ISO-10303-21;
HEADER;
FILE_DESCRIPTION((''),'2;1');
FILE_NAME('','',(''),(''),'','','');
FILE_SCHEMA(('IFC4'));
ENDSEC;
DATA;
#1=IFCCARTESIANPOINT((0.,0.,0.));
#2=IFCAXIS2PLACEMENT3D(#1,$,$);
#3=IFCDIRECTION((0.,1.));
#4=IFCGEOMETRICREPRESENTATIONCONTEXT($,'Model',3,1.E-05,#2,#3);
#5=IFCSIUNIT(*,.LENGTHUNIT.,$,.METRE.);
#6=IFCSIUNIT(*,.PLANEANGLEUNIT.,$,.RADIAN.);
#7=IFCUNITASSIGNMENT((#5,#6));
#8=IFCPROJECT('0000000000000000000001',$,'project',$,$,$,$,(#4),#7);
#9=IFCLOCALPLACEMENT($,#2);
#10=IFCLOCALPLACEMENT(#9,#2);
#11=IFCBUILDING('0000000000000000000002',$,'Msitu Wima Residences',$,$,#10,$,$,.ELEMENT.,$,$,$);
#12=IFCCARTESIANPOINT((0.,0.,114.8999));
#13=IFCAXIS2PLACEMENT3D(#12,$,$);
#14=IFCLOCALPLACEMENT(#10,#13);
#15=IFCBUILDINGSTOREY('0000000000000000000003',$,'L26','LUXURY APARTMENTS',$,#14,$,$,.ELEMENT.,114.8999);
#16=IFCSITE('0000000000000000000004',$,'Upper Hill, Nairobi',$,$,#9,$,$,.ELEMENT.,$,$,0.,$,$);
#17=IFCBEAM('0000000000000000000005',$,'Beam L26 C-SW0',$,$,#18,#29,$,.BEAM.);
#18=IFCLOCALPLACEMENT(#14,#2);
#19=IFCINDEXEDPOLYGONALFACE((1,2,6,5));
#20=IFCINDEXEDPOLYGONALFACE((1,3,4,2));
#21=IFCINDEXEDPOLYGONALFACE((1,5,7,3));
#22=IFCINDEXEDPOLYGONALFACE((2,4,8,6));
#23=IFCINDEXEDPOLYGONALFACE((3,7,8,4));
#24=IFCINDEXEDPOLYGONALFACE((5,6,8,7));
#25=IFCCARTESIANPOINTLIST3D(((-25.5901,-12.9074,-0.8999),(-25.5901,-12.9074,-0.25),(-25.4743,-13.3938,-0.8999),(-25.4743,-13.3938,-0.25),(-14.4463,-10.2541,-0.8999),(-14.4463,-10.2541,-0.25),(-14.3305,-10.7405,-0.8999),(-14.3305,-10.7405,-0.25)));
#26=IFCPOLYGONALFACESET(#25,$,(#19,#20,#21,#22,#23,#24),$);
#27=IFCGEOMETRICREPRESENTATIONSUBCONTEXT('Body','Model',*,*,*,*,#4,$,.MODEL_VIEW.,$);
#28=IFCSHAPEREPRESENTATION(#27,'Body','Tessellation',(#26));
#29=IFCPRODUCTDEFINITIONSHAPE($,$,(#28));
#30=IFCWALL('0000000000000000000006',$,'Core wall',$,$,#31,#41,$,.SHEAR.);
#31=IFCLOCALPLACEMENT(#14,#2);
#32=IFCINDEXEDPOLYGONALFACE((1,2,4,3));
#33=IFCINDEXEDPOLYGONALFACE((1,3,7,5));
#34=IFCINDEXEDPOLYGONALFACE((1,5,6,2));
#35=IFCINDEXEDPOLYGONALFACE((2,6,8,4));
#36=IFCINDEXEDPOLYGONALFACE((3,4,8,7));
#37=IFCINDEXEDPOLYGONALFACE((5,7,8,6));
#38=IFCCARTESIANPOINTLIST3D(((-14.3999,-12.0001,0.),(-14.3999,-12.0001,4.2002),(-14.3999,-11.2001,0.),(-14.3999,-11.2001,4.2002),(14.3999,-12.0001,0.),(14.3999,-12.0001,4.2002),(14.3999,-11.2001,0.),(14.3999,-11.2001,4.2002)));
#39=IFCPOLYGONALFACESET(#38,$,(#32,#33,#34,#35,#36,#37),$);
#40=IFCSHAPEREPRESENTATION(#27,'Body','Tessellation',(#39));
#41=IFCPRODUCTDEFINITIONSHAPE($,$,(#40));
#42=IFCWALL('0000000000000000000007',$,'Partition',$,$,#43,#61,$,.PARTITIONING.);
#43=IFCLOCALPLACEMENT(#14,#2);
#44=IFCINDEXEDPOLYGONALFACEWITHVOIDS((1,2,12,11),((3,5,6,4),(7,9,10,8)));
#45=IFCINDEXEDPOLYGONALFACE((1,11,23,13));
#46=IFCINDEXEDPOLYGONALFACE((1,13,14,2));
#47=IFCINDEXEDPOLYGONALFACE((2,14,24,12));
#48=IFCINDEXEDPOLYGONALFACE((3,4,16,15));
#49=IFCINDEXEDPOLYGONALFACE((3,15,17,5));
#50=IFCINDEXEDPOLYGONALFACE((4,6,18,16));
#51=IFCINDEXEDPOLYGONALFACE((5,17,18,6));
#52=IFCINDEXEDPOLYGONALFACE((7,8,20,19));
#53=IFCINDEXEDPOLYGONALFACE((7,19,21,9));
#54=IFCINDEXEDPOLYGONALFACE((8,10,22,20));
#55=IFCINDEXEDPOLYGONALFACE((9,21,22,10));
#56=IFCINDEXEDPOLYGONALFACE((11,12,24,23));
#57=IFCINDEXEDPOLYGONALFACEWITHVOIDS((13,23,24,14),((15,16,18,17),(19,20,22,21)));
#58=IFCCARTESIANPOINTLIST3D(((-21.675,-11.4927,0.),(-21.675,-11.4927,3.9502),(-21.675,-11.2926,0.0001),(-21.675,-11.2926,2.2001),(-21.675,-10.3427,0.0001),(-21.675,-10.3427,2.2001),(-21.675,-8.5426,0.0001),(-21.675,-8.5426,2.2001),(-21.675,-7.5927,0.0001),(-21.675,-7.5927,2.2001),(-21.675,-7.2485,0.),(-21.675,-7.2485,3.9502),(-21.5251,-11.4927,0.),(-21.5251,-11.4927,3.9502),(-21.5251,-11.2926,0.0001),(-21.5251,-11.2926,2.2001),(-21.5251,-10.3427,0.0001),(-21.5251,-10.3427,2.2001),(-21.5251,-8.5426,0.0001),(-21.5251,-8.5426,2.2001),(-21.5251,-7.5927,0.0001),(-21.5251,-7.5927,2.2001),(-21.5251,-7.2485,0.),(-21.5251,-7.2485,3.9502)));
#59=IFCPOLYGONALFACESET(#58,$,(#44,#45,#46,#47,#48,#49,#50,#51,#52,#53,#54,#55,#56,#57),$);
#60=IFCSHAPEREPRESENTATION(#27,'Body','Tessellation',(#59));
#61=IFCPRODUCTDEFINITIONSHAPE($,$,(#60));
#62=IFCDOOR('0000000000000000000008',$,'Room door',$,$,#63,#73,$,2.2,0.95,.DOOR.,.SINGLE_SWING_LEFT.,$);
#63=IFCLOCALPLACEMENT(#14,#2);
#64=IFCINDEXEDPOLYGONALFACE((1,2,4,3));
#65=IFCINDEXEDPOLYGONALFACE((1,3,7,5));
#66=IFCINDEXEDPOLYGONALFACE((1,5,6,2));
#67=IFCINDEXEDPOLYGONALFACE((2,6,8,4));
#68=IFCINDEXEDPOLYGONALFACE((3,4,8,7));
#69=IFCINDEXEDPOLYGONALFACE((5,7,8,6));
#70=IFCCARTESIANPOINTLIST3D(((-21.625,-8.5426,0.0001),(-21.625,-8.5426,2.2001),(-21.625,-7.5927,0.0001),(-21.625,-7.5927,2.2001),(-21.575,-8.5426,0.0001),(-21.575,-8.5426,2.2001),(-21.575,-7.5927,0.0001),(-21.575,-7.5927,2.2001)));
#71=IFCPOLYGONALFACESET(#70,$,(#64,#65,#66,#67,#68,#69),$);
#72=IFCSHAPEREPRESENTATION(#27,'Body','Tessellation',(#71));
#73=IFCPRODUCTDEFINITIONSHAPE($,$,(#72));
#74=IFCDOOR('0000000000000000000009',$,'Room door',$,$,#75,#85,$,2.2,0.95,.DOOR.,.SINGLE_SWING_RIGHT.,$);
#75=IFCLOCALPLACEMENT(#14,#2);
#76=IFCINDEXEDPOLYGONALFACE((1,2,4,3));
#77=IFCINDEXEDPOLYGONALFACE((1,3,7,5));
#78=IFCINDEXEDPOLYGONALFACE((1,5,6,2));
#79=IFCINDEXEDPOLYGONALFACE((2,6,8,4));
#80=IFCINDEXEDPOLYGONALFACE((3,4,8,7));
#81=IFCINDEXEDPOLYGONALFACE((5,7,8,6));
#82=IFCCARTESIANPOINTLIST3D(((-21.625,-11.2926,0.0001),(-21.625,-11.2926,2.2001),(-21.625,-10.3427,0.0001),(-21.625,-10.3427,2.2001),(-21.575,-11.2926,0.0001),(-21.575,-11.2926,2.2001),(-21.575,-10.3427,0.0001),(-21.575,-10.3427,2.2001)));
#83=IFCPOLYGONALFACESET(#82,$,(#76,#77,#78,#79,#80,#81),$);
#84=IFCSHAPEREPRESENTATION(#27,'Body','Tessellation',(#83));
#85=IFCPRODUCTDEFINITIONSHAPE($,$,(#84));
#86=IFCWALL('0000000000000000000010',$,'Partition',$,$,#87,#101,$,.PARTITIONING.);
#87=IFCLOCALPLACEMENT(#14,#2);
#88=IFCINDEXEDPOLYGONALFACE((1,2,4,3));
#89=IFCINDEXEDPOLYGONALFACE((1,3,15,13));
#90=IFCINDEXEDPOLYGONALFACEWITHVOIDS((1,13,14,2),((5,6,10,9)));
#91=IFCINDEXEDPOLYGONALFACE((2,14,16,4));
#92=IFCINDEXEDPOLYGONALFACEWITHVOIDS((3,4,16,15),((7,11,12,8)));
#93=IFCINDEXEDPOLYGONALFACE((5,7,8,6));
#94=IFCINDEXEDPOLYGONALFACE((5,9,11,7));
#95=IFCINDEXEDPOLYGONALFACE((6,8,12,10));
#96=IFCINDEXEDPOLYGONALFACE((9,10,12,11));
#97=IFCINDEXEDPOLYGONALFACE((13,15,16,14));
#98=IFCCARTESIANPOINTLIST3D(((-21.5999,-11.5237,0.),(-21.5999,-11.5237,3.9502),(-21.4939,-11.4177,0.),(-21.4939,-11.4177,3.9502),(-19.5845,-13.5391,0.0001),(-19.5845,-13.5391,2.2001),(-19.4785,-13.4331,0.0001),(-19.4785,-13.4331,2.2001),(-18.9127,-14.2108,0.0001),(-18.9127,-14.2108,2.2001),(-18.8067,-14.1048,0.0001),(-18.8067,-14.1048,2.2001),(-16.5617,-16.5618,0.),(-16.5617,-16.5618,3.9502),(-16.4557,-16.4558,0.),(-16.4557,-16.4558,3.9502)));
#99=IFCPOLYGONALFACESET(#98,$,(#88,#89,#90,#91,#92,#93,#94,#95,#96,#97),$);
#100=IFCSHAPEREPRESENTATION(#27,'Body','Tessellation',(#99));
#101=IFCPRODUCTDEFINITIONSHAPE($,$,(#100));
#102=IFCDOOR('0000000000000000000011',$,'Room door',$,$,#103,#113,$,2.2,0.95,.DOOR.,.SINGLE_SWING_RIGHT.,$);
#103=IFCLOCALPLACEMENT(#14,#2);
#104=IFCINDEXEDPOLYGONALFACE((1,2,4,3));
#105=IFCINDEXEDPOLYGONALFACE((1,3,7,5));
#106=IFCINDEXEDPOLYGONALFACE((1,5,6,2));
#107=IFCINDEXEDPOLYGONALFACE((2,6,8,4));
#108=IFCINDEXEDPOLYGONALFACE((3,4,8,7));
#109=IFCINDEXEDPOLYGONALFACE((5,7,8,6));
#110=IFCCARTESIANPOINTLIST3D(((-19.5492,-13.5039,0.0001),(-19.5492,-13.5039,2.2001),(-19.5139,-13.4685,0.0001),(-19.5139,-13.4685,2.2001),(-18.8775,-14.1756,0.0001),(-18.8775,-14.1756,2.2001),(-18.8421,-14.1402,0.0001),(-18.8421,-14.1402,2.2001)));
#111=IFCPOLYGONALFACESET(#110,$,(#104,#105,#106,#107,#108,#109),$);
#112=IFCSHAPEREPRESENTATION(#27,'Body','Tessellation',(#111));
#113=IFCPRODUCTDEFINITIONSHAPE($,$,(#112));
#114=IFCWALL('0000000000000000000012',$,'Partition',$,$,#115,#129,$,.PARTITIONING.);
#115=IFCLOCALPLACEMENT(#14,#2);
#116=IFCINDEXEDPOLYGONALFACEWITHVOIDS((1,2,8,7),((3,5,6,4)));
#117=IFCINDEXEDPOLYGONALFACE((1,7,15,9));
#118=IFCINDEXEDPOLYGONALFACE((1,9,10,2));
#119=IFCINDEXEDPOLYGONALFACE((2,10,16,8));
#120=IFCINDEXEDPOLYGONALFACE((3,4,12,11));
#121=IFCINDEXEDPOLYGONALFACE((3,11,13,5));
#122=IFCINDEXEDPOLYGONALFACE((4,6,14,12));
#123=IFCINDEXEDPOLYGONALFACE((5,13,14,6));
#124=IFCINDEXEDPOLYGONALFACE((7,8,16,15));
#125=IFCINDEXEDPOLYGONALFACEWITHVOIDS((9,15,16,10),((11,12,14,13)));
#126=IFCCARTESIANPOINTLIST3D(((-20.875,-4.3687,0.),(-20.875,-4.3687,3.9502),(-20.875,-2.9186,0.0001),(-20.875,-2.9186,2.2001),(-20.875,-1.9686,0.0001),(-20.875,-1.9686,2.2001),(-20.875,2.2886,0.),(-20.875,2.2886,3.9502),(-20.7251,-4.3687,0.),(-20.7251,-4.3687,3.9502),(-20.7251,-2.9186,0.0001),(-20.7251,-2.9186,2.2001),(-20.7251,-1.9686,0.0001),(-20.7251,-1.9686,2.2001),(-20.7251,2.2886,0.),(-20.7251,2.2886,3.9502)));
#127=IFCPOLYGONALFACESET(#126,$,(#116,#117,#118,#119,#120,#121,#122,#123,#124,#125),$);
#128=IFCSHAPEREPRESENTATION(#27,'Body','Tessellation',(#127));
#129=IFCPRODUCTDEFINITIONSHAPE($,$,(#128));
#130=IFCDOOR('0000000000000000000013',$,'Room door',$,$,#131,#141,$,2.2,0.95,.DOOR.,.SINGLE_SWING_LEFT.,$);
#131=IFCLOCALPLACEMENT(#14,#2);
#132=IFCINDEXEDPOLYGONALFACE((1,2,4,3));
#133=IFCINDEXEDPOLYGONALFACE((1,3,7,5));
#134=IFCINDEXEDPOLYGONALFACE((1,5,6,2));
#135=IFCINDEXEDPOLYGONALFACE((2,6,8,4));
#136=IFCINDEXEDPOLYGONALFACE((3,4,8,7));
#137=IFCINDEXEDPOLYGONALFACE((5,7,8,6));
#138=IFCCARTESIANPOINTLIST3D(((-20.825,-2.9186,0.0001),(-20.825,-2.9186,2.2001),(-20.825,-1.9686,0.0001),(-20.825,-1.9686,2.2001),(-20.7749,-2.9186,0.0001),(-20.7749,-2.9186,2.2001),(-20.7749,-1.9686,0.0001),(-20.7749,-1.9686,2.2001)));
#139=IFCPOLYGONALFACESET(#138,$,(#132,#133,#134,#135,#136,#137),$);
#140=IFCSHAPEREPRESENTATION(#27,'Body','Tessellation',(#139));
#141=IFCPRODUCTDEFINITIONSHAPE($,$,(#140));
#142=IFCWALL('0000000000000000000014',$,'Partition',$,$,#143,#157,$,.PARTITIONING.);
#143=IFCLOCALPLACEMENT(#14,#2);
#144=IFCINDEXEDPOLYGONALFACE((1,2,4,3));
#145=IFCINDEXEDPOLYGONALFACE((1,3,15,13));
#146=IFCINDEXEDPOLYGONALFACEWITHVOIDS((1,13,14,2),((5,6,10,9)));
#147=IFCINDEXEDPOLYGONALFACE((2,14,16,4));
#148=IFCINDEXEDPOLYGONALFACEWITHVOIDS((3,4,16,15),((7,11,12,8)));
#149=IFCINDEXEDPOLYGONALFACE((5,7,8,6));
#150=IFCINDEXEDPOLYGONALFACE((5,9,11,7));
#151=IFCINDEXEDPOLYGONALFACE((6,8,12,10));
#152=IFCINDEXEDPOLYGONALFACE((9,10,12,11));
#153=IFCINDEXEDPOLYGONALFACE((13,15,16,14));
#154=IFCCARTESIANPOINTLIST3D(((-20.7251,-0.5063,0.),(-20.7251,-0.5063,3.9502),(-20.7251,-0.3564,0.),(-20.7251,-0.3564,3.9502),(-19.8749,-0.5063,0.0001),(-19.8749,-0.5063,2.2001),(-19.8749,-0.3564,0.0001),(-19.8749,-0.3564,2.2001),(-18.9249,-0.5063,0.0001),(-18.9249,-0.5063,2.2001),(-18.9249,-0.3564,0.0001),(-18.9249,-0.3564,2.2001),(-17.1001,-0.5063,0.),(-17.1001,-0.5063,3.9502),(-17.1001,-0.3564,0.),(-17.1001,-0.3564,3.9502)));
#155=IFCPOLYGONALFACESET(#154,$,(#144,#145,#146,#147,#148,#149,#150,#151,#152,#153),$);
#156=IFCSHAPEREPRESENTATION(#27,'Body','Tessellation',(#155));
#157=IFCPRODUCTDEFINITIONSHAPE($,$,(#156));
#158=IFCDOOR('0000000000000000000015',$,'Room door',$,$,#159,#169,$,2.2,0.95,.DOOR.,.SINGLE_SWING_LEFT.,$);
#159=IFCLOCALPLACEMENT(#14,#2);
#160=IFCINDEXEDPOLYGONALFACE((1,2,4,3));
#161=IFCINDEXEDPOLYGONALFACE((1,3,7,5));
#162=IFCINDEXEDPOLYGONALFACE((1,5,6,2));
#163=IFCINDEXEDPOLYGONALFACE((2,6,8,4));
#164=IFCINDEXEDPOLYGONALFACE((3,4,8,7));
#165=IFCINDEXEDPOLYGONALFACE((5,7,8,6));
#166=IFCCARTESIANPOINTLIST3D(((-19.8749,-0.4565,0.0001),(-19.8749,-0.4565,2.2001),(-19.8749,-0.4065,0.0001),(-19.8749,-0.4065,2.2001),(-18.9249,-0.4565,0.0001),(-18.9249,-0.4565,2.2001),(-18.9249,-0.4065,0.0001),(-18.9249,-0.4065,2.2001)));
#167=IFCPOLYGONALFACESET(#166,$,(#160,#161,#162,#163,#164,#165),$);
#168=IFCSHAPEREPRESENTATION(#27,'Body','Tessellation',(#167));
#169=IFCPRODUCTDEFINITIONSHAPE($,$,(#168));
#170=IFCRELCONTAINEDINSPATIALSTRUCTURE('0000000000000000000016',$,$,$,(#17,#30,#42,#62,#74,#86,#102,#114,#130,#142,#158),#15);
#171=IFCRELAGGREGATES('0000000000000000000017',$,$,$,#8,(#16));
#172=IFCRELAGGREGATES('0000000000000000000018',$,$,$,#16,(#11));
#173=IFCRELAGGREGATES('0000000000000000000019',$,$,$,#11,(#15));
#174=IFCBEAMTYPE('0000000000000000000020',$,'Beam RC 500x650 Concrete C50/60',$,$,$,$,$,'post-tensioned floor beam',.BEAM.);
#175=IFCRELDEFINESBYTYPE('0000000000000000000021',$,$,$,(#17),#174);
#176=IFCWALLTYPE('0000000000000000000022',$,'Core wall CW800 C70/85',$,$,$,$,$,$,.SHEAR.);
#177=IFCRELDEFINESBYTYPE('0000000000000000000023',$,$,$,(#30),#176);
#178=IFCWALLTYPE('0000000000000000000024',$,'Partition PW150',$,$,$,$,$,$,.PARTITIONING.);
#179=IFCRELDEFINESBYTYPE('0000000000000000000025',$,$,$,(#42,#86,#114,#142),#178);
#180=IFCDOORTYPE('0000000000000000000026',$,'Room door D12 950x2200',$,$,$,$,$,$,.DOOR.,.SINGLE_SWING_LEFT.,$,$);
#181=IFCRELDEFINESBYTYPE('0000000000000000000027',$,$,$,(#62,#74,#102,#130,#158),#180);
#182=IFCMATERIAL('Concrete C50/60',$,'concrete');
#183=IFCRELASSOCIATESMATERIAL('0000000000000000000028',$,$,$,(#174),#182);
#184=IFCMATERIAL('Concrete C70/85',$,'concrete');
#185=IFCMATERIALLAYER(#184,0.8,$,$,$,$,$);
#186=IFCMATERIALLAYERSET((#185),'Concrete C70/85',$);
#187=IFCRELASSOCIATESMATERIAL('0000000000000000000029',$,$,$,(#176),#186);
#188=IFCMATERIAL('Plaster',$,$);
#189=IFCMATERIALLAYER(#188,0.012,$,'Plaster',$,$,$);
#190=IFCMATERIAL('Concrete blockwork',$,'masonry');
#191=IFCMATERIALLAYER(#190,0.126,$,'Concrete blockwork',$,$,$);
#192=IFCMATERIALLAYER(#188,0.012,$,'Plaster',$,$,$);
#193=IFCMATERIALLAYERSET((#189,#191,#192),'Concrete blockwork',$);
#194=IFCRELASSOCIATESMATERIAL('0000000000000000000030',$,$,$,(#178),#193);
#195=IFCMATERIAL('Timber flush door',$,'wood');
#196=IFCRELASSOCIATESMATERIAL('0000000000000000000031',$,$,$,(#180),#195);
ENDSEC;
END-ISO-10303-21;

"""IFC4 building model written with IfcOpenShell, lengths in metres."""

from ifc_helpers import new_model, si_unit, direction, frame, frame_2d, origin, origin_2d, place, context, subcontext, project, spatial, rectangle, extrude, material, layer, layer_set, material_profile, profile_set, type_object, element, fill, save


model = new_model("IFC4")

# Units and contexts
model_context = context("Model", 3, precision=1e-05, world=origin(), true_north=direction((0.0, 1.0)))
body_context = subcontext(model_context, "Body", "Model", "MODEL_VIEW")
ifc_project = project(units=[si_unit("LENGTHUNIT", "METRE"), si_unit("PLANEANGLEUNIT", "RADIAN")], contexts=[model_context])

# Site, building, storey
site_placement = place(None, origin())
site = spatial("IfcSite", under=ifc_project, at=site_placement, Name="Upper Hill, Nairobi", CompositionType="ELEMENT", RefElevation=0.0)
building_placement = place(site_placement, origin())
building = spatial("IfcBuilding", under=site, at=building_placement, Name="Msitu Wima Residences", CompositionType="ELEMENT")
storey_placement = place(building_placement, frame((0.0, 0.0, 114.8999)))
storey = spatial("IfcBuildingStorey", under=building, at=storey_placement, Name="L26", Description="LUXURY APARTMENTS", CompositionType="ELEMENT", Elevation=114.8999)

# Beam
ifc_material_1 = material(Name="Concrete C50/60", Category="concrete")
ifc_material_profile = material_profile(ifc_material_1, rectangle(XDim=0.5, YDim=0.6499, at=origin_2d()), Name="RC 500x650")
ifc_profile_set = profile_set([ifc_material_profile], Name="Concrete C50/60")
beam_type = type_object("IfcBeamType", Name="Beam RC 500x650 Concrete C50/60", ElementType="post-tensioned floor beam", PredefinedType="BEAM", material=ifc_profile_set)
beam_placement = place(storey_placement, frame((-25.5322, -13.1506, -0.575), z_axis=(0.972806, 0.231623, 0.0), x_axis=(-0.231623, 0.972806, 0.0)))
element("IfcBeam", 1, at=beam_placement, inside=storey, type_object=beam_type, Name="Beam L26 C-SW0", PredefinedType="BEAM", context=body_context, shape_type="SweptSolid", body=[
    extrude(rectangle(XDim=0.5, YDim=0.6499, at=origin_2d()), origin(), (0.0, 0.0, 1.0), 11.4553),
])

# Wall
ifc_material_2 = material(Name="Concrete C70/85", Category="concrete")
ifc_layer_1 = layer(ifc_material_2, 0.8)
ifc_layer_set_1 = layer_set([ifc_layer_1], Name="Concrete C70/85")
wall_type_1 = type_object("IfcWallType", Name="Core wall CW800 C70/85", PredefinedType="SHEAR", material=ifc_layer_set_1)
wall_1_placement = place(storey_placement, frame((-14.3999, -11.6001, 0.0), z_axis=(0.0, 0.0, 1.0), x_axis=(1.0, 0.0, 0.0)))
element("IfcWall", 2, at=wall_1_placement, inside=storey, type_object=wall_type_1, Name="Core wall", PredefinedType="SHEAR", context=body_context, shape_type="SweptSolid", body=[
    extrude(rectangle(XDim=28.7998, YDim=0.8, at=frame_2d((14.3999, 0.0))), origin(), (0.0, 0.0, 1.0), 4.2002),
])

# Wall, openings, doors
ifc_material_3 = material(Name="Plaster")
ifc_layer_2 = layer(ifc_material_3, 0.012, Name="Plaster")
ifc_material_4 = material(Name="Concrete blockwork", Category="masonry")
ifc_layer_3 = layer(ifc_material_4, 0.126, Name="Concrete blockwork")
ifc_layer_4 = layer(ifc_material_3, 0.012, Name="Plaster")
ifc_layer_set_2 = layer_set([ifc_layer_2, ifc_layer_3, ifc_layer_4], Name="Concrete blockwork")
wall_type_2 = type_object("IfcWallType", Name="Partition PW150", PredefinedType="PARTITIONING", material=ifc_layer_set_2)
wall_2_placement = place(storey_placement, frame((-21.6001, -11.4927, 0.0), z_axis=(0.0, 0.0, 1.0), x_axis=(0.0, 1.0, 0.0)))
wall_2 = element("IfcWall", 3, at=wall_2_placement, inside=storey, type_object=wall_type_2, Name="Partition", PredefinedType="PARTITIONING", context=body_context, shape_type="SweptSolid", body=[
    extrude(rectangle(XDim=4.2441, YDim=0.1499, at=frame_2d((2.1221, 0.0))), origin(), (0.0, 0.0, 1.0), 3.9502),
])
opening_1_placement = place(wall_2_placement, frame((2.95, 0.0, 0.0)))
opening_1 = element("IfcOpeningElement", 4, at=opening_1_placement, cuts=wall_2, PredefinedType="OPENING", context=body_context, shape_type="SweptSolid", body=[
    extrude(rectangle(XDim=0.95, YDim=2.2, at=frame_2d((0.4751, 1.1001))), frame((0.0, 0.085, 0.0), z_axis=(0.0, -1.0, 0.0), x_axis=(1.0, 0.0, 0.0)), (0.0, 0.0, 1.0), 0.1699),
])
opening_2_placement = place(wall_2_placement, frame((0.2, 0.0, 0.0)))
opening_2 = element("IfcOpeningElement", 5, at=opening_2_placement, cuts=wall_2, PredefinedType="OPENING", context=body_context, shape_type="SweptSolid", body=[
    extrude(rectangle(XDim=0.95, YDim=2.2, at=frame_2d((0.4751, 1.1001))), frame((0.0, 0.085, 0.0), z_axis=(0.0, -1.0, 0.0), x_axis=(1.0, 0.0, 0.0)), (0.0, 0.0, 1.0), 0.1699),
])
ifc_material_5 = material(Name="Timber flush door", Category="wood")
door_type_1 = type_object("IfcDoorType", Name="Room door D12 950x2200", OperationType="SINGLE_SWING_LEFT", PredefinedType="DOOR", material=ifc_material_5)
door_1_placement = place(opening_1_placement, origin())
door_1 = element("IfcDoor", 6, at=door_1_placement, inside=storey, type_object=door_type_1, Name="Room door", OperationType="SINGLE_SWING_LEFT", OverallHeight=2.2, OverallWidth=0.95, PredefinedType="DOOR", context=body_context, shape_type="SweptSolid", body=[
    extrude(rectangle(XDim=0.95, YDim=2.2, at=frame_2d((0.4751, 1.1001))), frame((0.0, 0.0249, 0.0), z_axis=(0.0, -1.0, 0.0), x_axis=(1.0, 0.0, 0.0)), (0.0, 0.0, 1.0), 0.05),
])
fill(opening_1, door_1)
door_2_placement = place(opening_2_placement, origin())
door_2 = element("IfcDoor", 7, at=door_2_placement, inside=storey, type_object=door_type_1, Name="Room door", OperationType="SINGLE_SWING_RIGHT", OverallHeight=2.2, OverallWidth=0.95, PredefinedType="DOOR", context=body_context, shape_type="SweptSolid", body=[
    extrude(rectangle(XDim=0.95, YDim=2.2, at=frame_2d((0.4751, 1.1001))), frame((0.0, 0.0249, 0.0), z_axis=(0.0, -1.0, 0.0), x_axis=(1.0, 0.0, 0.0)), (0.0, 0.0, 1.0), 0.05),
])
fill(opening_2, door_2)

# Walls, openings, doors
wall_3_placement = place(storey_placement, frame((-21.5469, -11.4707, 0.0), z_axis=(0.0, 0.0, 1.0), x_axis=(0.707107, -0.707107, 0.0)))
wall_3 = element("IfcWall", 8, at=wall_3_placement, inside=storey, type_object=wall_type_2, Name="Partition", PredefinedType="PARTITIONING", context=body_context, shape_type="SweptSolid", body=[
    extrude(rectangle(XDim=7.125, YDim=0.1499, at=frame_2d((3.5625, 0.0))), origin(), (0.0, 0.0, 1.0), 3.9502),
])
opening_3_placement = place(wall_3_placement, frame((2.8501, 0.0, 0.0)))
opening_3 = element("IfcOpeningElement", 9, at=opening_3_placement, cuts=wall_3, PredefinedType="OPENING", context=body_context, shape_type="SweptSolid", body=[
    extrude(rectangle(XDim=0.95, YDim=2.2, at=frame_2d((0.4751, 1.1001))), frame((0.0, 0.085, 0.0), z_axis=(0.0, -1.0, 0.0), x_axis=(1.0, 0.0, 0.0)), (0.0, 0.0, 1.0), 0.1699),
])
door_3_placement = place(opening_3_placement, origin())
door_3 = element("IfcDoor", 10, at=door_3_placement, inside=storey, type_object=door_type_1, Name="Room door", OperationType="SINGLE_SWING_RIGHT", OverallHeight=2.2, OverallWidth=0.95, PredefinedType="DOOR", context=body_context, shape_type="SweptSolid", body=[
    extrude(rectangle(XDim=0.95, YDim=2.2, at=frame_2d((0.4751, 1.1001))), frame((0.0, 0.0249, 0.0), z_axis=(0.0, -1.0, 0.0), x_axis=(1.0, 0.0, 0.0)), (0.0, 0.0, 1.0), 0.05),
])
fill(opening_3, door_3)
wall_4_placement = place(storey_placement, frame((-20.8, -4.3687, 0.0), z_axis=(0.0, 0.0, 1.0), x_axis=(0.0, 1.0, 0.0)))
wall_4 = element("IfcWall", 11, at=wall_4_placement, inside=storey, type_object=wall_type_2, Name="Partition", PredefinedType="PARTITIONING", context=body_context, shape_type="SweptSolid", body=[
    extrude(rectangle(XDim=6.6572, YDim=0.1499, at=frame_2d((3.3286, 0.0))), origin(), (0.0, 0.0, 1.0), 3.9502),
])
opening_4_placement = place(wall_4_placement, frame((1.45, 0.0, 0.0)))
opening_4 = element("IfcOpeningElement", 12, at=opening_4_placement, cuts=wall_4, PredefinedType="OPENING", context=body_context, shape_type="SweptSolid", body=[
    extrude(rectangle(XDim=0.95, YDim=2.2, at=frame_2d((0.4751, 1.1001))), frame((0.0, 0.085, 0.0), z_axis=(0.0, -1.0, 0.0), x_axis=(1.0, 0.0, 0.0)), (0.0, 0.0, 1.0), 0.1699),
])
door_4_placement = place(opening_4_placement, origin())
door_4 = element("IfcDoor", 13, at=door_4_placement, inside=storey, type_object=door_type_1, Name="Room door", OperationType="SINGLE_SWING_LEFT", OverallHeight=2.2, OverallWidth=0.95, PredefinedType="DOOR", context=body_context, shape_type="SweptSolid", body=[
    extrude(rectangle(XDim=0.95, YDim=2.2, at=frame_2d((0.4751, 1.1001))), frame((0.0, 0.0249, 0.0), z_axis=(0.0, -1.0, 0.0), x_axis=(1.0, 0.0, 0.0)), (0.0, 0.0, 1.0), 0.05),
])
fill(opening_4, door_4)
wall_5_placement = place(storey_placement, frame((-20.7251, -0.4314, 0.0), z_axis=(0.0, 0.0, 1.0), x_axis=(1.0, 0.0, 0.0)))
wall_5 = element("IfcWall", 14, at=wall_5_placement, inside=storey, type_object=wall_type_2, Name="Partition", PredefinedType="PARTITIONING", context=body_context, shape_type="SweptSolid", body=[
    extrude(rectangle(XDim=3.625, YDim=0.1499, at=frame_2d((1.8125, 0.0))), origin(), (0.0, 0.0, 1.0), 3.9502),
])
opening_5_placement = place(wall_5_placement, frame((0.8501, 0.0, 0.0)))
opening_5 = element("IfcOpeningElement", 15, at=opening_5_placement, cuts=wall_5, PredefinedType="OPENING", context=body_context, shape_type="SweptSolid", body=[
    extrude(rectangle(XDim=0.95, YDim=2.2, at=frame_2d((0.4751, 1.1001))), frame((0.0, 0.085, 0.0), z_axis=(0.0, -1.0, 0.0), x_axis=(1.0, 0.0, 0.0)), (0.0, 0.0, 1.0), 0.1699),
])
door_5_placement = place(opening_5_placement, origin())
door_5 = element("IfcDoor", 16, at=door_5_placement, inside=storey, type_object=door_type_1, Name="Room door", OperationType="SINGLE_SWING_LEFT", OverallHeight=2.2, OverallWidth=0.95, PredefinedType="DOOR", context=body_context, shape_type="SweptSolid", body=[
    extrude(rectangle(XDim=0.95, YDim=2.2, at=frame_2d((0.4751, 1.1001))), frame((0.0, 0.0249, 0.0), z_axis=(0.0, -1.0, 0.0), x_axis=(1.0, 0.0, 0.0)), (0.0, 0.0, 1.0), 0.05),
])
fill(opening_5, door_5)

save(model, "model.ifc")
